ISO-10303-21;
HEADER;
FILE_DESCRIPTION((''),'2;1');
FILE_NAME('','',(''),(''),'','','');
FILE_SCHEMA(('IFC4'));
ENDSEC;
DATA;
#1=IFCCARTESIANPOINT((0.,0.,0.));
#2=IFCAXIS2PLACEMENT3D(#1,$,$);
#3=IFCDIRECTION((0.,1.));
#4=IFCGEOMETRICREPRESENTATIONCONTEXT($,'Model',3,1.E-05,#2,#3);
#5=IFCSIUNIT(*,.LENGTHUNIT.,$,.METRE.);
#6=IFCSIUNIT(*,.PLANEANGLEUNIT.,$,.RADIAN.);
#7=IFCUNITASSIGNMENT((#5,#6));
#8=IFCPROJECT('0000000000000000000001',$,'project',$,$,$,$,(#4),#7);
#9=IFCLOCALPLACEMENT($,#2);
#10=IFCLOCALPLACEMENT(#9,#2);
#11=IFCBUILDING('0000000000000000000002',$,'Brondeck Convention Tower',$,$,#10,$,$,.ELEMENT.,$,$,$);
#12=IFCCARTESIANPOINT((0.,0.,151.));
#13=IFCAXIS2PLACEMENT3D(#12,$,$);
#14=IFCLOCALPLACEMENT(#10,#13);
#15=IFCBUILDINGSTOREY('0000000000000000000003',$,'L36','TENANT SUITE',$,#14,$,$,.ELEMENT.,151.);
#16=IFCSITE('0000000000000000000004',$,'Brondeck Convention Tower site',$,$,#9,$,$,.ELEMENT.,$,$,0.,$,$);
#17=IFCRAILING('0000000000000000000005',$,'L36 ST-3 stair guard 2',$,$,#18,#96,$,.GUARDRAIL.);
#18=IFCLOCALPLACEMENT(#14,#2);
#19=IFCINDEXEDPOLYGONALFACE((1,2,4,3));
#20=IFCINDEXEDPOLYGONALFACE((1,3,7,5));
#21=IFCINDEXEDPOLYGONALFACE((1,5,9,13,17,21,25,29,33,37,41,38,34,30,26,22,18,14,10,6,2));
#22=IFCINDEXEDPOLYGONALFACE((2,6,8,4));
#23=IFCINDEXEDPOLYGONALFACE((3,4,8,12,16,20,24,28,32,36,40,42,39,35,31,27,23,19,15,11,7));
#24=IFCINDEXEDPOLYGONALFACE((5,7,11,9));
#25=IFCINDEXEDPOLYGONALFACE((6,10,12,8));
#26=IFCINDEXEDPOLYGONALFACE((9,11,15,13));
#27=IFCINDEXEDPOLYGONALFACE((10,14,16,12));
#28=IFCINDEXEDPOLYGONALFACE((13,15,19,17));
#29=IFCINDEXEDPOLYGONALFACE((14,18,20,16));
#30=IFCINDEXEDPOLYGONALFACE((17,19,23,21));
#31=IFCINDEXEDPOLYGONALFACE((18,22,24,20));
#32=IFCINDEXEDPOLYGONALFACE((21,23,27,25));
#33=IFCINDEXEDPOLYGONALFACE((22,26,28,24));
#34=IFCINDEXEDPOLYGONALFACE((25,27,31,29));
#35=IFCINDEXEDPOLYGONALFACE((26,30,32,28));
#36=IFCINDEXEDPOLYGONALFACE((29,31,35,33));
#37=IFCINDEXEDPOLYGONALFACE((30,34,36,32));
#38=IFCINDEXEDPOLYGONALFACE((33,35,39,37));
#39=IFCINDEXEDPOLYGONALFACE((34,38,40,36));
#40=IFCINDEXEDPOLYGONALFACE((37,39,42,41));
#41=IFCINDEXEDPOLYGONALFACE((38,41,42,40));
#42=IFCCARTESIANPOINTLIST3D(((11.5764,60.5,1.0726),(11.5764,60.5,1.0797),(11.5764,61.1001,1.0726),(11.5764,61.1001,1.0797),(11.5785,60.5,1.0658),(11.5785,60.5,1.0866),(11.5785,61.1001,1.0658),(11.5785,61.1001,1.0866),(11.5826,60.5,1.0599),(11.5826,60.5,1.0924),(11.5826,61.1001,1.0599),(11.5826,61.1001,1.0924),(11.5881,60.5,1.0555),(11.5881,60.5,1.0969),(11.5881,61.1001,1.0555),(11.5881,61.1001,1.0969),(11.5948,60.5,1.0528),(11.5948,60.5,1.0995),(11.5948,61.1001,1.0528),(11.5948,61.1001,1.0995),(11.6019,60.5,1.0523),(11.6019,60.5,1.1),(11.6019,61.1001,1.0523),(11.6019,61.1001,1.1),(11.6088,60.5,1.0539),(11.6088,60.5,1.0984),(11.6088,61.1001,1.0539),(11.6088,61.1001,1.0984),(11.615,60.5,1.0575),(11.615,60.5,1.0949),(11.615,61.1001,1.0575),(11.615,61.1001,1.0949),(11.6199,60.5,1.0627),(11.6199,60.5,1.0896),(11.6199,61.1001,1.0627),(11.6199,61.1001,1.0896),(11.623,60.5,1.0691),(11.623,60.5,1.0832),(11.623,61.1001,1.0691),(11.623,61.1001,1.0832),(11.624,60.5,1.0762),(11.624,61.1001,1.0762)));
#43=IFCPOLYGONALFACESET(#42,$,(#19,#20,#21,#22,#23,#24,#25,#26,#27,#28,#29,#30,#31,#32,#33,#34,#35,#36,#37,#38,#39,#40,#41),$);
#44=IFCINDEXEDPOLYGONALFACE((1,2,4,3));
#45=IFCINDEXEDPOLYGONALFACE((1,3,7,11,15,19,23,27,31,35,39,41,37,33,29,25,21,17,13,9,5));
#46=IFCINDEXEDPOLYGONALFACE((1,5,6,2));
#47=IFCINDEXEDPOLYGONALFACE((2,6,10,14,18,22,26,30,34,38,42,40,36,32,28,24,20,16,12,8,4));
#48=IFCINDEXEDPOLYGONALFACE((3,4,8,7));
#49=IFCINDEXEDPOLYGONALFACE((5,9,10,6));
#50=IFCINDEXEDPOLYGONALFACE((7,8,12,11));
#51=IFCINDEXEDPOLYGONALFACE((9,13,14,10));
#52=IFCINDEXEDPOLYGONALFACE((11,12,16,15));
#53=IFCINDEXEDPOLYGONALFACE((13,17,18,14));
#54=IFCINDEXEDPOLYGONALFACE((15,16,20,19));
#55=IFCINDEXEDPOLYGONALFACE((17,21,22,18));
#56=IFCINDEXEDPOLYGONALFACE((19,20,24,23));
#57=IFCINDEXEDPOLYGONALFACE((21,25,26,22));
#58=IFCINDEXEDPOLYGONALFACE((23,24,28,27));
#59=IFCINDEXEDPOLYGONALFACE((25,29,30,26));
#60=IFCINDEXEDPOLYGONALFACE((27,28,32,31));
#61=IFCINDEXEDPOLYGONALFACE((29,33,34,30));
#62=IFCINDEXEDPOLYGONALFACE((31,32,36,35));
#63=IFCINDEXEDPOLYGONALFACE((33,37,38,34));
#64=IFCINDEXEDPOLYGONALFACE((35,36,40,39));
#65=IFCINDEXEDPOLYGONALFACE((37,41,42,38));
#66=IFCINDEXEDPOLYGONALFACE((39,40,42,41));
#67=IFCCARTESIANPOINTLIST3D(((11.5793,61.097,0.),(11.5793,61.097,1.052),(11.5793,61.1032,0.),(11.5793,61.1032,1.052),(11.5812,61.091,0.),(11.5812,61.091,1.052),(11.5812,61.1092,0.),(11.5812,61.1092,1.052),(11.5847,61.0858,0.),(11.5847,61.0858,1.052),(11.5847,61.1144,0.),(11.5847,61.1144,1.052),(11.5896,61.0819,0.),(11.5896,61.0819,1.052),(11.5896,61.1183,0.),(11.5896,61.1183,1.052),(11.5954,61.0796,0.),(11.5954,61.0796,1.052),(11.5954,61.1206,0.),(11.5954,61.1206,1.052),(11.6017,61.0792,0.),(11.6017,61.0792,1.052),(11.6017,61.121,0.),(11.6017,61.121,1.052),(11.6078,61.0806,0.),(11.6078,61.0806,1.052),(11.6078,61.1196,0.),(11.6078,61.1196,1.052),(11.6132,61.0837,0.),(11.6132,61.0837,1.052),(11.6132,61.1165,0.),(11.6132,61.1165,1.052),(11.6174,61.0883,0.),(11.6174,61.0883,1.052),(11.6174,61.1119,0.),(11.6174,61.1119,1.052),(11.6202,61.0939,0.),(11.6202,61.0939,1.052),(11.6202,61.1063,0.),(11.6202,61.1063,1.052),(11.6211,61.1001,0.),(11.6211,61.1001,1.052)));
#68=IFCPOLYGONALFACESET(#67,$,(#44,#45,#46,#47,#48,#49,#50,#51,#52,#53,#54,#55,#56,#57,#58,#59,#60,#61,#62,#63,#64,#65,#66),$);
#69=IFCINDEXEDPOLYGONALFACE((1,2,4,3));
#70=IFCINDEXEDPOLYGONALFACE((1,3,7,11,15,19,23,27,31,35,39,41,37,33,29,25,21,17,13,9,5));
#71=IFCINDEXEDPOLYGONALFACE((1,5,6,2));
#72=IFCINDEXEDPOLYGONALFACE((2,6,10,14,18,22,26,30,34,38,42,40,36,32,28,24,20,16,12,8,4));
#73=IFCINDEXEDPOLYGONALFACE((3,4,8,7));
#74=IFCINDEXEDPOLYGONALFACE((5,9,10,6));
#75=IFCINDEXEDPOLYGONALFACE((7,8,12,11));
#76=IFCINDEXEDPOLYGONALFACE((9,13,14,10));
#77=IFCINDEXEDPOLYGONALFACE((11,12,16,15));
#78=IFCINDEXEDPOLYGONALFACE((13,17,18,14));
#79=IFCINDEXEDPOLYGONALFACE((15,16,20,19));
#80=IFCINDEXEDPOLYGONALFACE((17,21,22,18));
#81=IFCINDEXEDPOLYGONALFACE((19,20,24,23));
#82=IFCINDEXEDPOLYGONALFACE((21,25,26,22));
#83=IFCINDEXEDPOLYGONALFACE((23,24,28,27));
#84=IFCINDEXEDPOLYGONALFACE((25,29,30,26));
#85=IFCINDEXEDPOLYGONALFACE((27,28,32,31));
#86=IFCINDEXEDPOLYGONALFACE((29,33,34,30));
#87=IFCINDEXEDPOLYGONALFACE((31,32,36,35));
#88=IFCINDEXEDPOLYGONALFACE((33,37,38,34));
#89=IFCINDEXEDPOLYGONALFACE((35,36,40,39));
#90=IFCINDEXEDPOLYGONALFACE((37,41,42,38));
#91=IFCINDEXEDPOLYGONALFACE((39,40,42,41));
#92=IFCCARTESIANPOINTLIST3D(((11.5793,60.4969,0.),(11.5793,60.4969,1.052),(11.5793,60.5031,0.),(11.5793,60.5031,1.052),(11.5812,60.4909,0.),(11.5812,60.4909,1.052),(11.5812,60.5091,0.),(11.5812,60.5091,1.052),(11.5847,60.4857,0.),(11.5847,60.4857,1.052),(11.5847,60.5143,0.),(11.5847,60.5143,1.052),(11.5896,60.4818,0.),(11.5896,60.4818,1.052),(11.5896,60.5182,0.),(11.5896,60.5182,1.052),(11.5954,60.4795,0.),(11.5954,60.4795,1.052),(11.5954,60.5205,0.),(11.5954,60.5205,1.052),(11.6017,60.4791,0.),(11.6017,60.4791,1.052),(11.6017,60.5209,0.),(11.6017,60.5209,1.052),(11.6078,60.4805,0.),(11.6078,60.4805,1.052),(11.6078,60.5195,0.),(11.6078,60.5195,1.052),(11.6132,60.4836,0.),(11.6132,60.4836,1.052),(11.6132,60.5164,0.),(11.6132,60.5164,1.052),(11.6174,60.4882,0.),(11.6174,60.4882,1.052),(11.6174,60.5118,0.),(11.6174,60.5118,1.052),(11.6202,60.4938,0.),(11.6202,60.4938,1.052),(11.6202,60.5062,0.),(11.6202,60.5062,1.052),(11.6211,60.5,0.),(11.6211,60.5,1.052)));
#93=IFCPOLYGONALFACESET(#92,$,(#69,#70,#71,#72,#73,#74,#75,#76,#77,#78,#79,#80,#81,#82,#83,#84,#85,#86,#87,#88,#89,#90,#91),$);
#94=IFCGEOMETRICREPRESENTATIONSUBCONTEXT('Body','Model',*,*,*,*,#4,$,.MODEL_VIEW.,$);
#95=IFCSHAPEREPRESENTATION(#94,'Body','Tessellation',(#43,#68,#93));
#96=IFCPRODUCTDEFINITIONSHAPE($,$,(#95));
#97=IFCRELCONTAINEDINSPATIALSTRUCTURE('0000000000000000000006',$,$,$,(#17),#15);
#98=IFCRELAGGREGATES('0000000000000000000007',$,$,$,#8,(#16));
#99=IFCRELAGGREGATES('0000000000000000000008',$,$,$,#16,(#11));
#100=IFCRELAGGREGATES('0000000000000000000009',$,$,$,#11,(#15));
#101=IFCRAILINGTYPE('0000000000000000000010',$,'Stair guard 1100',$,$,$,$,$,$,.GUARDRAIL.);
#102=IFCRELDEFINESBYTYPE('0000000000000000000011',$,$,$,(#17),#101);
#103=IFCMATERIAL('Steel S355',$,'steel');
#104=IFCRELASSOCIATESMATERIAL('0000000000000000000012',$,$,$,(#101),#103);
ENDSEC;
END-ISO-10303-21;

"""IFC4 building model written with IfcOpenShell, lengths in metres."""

from ifc_helpers import new_model, si_unit, direction, frame, origin, origin_2d, place, context, subcontext, project, spatial, circle, extrude, material, type_object, element, save


model = new_model("IFC4")

# Units and contexts
model_context = context("Model", 3, precision=1e-05, world=origin(), true_north=direction((0.0, 1.0)))
body_context = subcontext(model_context, "Body", "Model", "MODEL_VIEW")
ifc_project = project(units=[si_unit("LENGTHUNIT", "METRE"), si_unit("PLANEANGLEUNIT", "RADIAN")], contexts=[model_context])

# Site, building, storey
site_placement = place(None, origin())
site = spatial("IfcSite", under=ifc_project, at=site_placement, Name="Brondeck Convention Tower site", CompositionType="ELEMENT", RefElevation=0.0)
building_placement = place(site_placement, origin())
building = spatial("IfcBuilding", under=site, at=building_placement, Name="Brondeck Convention Tower", CompositionType="ELEMENT")
storey_placement = place(building_placement, frame((0.0, 0.0, 151.0)))
storey = spatial("IfcBuildingStorey", under=building, at=storey_placement, Name="L36", Description="TENANT SUITE", CompositionType="ELEMENT", Elevation=151.0)

# Railing
ifc_material_1 = material(Name="Steel S355", Category="steel")
railing_type_1 = type_object("IfcRailingType", Name="Stair guard 1100", PredefinedType="GUARDRAIL", material=ifc_material_1)
railing_1_placement = place(storey_placement, frame((11.6001, 61.1001, 0.0)))
element("IfcRailing", 1, at=railing_1_placement, inside=storey, type_object=railing_type_1, Name="L36 ST-3 stair guard 2", PredefinedType="GUARDRAIL", context=body_context, shape_type="SweptSolid", body=[
    extrude(circle(Radius=0.0239, at=origin_2d()), frame((0.0, 0.0, 1.0762), z_axis=(0.0, -1.0, 0.0), x_axis=(1.0, 0.0, 0.0)), (0.0, 0.0, 1.0), 0.6001),
    extrude(circle(Radius=0.021, at=origin_2d()), origin(), (0.0, 0.0, 1.0), 1.052),
    extrude(circle(Radius=0.021, at=origin_2d()), frame((0.0, -0.6001, 0.0)), (0.0, 0.0, 1.0), 1.052),
])

save(model, "model.ifc")
